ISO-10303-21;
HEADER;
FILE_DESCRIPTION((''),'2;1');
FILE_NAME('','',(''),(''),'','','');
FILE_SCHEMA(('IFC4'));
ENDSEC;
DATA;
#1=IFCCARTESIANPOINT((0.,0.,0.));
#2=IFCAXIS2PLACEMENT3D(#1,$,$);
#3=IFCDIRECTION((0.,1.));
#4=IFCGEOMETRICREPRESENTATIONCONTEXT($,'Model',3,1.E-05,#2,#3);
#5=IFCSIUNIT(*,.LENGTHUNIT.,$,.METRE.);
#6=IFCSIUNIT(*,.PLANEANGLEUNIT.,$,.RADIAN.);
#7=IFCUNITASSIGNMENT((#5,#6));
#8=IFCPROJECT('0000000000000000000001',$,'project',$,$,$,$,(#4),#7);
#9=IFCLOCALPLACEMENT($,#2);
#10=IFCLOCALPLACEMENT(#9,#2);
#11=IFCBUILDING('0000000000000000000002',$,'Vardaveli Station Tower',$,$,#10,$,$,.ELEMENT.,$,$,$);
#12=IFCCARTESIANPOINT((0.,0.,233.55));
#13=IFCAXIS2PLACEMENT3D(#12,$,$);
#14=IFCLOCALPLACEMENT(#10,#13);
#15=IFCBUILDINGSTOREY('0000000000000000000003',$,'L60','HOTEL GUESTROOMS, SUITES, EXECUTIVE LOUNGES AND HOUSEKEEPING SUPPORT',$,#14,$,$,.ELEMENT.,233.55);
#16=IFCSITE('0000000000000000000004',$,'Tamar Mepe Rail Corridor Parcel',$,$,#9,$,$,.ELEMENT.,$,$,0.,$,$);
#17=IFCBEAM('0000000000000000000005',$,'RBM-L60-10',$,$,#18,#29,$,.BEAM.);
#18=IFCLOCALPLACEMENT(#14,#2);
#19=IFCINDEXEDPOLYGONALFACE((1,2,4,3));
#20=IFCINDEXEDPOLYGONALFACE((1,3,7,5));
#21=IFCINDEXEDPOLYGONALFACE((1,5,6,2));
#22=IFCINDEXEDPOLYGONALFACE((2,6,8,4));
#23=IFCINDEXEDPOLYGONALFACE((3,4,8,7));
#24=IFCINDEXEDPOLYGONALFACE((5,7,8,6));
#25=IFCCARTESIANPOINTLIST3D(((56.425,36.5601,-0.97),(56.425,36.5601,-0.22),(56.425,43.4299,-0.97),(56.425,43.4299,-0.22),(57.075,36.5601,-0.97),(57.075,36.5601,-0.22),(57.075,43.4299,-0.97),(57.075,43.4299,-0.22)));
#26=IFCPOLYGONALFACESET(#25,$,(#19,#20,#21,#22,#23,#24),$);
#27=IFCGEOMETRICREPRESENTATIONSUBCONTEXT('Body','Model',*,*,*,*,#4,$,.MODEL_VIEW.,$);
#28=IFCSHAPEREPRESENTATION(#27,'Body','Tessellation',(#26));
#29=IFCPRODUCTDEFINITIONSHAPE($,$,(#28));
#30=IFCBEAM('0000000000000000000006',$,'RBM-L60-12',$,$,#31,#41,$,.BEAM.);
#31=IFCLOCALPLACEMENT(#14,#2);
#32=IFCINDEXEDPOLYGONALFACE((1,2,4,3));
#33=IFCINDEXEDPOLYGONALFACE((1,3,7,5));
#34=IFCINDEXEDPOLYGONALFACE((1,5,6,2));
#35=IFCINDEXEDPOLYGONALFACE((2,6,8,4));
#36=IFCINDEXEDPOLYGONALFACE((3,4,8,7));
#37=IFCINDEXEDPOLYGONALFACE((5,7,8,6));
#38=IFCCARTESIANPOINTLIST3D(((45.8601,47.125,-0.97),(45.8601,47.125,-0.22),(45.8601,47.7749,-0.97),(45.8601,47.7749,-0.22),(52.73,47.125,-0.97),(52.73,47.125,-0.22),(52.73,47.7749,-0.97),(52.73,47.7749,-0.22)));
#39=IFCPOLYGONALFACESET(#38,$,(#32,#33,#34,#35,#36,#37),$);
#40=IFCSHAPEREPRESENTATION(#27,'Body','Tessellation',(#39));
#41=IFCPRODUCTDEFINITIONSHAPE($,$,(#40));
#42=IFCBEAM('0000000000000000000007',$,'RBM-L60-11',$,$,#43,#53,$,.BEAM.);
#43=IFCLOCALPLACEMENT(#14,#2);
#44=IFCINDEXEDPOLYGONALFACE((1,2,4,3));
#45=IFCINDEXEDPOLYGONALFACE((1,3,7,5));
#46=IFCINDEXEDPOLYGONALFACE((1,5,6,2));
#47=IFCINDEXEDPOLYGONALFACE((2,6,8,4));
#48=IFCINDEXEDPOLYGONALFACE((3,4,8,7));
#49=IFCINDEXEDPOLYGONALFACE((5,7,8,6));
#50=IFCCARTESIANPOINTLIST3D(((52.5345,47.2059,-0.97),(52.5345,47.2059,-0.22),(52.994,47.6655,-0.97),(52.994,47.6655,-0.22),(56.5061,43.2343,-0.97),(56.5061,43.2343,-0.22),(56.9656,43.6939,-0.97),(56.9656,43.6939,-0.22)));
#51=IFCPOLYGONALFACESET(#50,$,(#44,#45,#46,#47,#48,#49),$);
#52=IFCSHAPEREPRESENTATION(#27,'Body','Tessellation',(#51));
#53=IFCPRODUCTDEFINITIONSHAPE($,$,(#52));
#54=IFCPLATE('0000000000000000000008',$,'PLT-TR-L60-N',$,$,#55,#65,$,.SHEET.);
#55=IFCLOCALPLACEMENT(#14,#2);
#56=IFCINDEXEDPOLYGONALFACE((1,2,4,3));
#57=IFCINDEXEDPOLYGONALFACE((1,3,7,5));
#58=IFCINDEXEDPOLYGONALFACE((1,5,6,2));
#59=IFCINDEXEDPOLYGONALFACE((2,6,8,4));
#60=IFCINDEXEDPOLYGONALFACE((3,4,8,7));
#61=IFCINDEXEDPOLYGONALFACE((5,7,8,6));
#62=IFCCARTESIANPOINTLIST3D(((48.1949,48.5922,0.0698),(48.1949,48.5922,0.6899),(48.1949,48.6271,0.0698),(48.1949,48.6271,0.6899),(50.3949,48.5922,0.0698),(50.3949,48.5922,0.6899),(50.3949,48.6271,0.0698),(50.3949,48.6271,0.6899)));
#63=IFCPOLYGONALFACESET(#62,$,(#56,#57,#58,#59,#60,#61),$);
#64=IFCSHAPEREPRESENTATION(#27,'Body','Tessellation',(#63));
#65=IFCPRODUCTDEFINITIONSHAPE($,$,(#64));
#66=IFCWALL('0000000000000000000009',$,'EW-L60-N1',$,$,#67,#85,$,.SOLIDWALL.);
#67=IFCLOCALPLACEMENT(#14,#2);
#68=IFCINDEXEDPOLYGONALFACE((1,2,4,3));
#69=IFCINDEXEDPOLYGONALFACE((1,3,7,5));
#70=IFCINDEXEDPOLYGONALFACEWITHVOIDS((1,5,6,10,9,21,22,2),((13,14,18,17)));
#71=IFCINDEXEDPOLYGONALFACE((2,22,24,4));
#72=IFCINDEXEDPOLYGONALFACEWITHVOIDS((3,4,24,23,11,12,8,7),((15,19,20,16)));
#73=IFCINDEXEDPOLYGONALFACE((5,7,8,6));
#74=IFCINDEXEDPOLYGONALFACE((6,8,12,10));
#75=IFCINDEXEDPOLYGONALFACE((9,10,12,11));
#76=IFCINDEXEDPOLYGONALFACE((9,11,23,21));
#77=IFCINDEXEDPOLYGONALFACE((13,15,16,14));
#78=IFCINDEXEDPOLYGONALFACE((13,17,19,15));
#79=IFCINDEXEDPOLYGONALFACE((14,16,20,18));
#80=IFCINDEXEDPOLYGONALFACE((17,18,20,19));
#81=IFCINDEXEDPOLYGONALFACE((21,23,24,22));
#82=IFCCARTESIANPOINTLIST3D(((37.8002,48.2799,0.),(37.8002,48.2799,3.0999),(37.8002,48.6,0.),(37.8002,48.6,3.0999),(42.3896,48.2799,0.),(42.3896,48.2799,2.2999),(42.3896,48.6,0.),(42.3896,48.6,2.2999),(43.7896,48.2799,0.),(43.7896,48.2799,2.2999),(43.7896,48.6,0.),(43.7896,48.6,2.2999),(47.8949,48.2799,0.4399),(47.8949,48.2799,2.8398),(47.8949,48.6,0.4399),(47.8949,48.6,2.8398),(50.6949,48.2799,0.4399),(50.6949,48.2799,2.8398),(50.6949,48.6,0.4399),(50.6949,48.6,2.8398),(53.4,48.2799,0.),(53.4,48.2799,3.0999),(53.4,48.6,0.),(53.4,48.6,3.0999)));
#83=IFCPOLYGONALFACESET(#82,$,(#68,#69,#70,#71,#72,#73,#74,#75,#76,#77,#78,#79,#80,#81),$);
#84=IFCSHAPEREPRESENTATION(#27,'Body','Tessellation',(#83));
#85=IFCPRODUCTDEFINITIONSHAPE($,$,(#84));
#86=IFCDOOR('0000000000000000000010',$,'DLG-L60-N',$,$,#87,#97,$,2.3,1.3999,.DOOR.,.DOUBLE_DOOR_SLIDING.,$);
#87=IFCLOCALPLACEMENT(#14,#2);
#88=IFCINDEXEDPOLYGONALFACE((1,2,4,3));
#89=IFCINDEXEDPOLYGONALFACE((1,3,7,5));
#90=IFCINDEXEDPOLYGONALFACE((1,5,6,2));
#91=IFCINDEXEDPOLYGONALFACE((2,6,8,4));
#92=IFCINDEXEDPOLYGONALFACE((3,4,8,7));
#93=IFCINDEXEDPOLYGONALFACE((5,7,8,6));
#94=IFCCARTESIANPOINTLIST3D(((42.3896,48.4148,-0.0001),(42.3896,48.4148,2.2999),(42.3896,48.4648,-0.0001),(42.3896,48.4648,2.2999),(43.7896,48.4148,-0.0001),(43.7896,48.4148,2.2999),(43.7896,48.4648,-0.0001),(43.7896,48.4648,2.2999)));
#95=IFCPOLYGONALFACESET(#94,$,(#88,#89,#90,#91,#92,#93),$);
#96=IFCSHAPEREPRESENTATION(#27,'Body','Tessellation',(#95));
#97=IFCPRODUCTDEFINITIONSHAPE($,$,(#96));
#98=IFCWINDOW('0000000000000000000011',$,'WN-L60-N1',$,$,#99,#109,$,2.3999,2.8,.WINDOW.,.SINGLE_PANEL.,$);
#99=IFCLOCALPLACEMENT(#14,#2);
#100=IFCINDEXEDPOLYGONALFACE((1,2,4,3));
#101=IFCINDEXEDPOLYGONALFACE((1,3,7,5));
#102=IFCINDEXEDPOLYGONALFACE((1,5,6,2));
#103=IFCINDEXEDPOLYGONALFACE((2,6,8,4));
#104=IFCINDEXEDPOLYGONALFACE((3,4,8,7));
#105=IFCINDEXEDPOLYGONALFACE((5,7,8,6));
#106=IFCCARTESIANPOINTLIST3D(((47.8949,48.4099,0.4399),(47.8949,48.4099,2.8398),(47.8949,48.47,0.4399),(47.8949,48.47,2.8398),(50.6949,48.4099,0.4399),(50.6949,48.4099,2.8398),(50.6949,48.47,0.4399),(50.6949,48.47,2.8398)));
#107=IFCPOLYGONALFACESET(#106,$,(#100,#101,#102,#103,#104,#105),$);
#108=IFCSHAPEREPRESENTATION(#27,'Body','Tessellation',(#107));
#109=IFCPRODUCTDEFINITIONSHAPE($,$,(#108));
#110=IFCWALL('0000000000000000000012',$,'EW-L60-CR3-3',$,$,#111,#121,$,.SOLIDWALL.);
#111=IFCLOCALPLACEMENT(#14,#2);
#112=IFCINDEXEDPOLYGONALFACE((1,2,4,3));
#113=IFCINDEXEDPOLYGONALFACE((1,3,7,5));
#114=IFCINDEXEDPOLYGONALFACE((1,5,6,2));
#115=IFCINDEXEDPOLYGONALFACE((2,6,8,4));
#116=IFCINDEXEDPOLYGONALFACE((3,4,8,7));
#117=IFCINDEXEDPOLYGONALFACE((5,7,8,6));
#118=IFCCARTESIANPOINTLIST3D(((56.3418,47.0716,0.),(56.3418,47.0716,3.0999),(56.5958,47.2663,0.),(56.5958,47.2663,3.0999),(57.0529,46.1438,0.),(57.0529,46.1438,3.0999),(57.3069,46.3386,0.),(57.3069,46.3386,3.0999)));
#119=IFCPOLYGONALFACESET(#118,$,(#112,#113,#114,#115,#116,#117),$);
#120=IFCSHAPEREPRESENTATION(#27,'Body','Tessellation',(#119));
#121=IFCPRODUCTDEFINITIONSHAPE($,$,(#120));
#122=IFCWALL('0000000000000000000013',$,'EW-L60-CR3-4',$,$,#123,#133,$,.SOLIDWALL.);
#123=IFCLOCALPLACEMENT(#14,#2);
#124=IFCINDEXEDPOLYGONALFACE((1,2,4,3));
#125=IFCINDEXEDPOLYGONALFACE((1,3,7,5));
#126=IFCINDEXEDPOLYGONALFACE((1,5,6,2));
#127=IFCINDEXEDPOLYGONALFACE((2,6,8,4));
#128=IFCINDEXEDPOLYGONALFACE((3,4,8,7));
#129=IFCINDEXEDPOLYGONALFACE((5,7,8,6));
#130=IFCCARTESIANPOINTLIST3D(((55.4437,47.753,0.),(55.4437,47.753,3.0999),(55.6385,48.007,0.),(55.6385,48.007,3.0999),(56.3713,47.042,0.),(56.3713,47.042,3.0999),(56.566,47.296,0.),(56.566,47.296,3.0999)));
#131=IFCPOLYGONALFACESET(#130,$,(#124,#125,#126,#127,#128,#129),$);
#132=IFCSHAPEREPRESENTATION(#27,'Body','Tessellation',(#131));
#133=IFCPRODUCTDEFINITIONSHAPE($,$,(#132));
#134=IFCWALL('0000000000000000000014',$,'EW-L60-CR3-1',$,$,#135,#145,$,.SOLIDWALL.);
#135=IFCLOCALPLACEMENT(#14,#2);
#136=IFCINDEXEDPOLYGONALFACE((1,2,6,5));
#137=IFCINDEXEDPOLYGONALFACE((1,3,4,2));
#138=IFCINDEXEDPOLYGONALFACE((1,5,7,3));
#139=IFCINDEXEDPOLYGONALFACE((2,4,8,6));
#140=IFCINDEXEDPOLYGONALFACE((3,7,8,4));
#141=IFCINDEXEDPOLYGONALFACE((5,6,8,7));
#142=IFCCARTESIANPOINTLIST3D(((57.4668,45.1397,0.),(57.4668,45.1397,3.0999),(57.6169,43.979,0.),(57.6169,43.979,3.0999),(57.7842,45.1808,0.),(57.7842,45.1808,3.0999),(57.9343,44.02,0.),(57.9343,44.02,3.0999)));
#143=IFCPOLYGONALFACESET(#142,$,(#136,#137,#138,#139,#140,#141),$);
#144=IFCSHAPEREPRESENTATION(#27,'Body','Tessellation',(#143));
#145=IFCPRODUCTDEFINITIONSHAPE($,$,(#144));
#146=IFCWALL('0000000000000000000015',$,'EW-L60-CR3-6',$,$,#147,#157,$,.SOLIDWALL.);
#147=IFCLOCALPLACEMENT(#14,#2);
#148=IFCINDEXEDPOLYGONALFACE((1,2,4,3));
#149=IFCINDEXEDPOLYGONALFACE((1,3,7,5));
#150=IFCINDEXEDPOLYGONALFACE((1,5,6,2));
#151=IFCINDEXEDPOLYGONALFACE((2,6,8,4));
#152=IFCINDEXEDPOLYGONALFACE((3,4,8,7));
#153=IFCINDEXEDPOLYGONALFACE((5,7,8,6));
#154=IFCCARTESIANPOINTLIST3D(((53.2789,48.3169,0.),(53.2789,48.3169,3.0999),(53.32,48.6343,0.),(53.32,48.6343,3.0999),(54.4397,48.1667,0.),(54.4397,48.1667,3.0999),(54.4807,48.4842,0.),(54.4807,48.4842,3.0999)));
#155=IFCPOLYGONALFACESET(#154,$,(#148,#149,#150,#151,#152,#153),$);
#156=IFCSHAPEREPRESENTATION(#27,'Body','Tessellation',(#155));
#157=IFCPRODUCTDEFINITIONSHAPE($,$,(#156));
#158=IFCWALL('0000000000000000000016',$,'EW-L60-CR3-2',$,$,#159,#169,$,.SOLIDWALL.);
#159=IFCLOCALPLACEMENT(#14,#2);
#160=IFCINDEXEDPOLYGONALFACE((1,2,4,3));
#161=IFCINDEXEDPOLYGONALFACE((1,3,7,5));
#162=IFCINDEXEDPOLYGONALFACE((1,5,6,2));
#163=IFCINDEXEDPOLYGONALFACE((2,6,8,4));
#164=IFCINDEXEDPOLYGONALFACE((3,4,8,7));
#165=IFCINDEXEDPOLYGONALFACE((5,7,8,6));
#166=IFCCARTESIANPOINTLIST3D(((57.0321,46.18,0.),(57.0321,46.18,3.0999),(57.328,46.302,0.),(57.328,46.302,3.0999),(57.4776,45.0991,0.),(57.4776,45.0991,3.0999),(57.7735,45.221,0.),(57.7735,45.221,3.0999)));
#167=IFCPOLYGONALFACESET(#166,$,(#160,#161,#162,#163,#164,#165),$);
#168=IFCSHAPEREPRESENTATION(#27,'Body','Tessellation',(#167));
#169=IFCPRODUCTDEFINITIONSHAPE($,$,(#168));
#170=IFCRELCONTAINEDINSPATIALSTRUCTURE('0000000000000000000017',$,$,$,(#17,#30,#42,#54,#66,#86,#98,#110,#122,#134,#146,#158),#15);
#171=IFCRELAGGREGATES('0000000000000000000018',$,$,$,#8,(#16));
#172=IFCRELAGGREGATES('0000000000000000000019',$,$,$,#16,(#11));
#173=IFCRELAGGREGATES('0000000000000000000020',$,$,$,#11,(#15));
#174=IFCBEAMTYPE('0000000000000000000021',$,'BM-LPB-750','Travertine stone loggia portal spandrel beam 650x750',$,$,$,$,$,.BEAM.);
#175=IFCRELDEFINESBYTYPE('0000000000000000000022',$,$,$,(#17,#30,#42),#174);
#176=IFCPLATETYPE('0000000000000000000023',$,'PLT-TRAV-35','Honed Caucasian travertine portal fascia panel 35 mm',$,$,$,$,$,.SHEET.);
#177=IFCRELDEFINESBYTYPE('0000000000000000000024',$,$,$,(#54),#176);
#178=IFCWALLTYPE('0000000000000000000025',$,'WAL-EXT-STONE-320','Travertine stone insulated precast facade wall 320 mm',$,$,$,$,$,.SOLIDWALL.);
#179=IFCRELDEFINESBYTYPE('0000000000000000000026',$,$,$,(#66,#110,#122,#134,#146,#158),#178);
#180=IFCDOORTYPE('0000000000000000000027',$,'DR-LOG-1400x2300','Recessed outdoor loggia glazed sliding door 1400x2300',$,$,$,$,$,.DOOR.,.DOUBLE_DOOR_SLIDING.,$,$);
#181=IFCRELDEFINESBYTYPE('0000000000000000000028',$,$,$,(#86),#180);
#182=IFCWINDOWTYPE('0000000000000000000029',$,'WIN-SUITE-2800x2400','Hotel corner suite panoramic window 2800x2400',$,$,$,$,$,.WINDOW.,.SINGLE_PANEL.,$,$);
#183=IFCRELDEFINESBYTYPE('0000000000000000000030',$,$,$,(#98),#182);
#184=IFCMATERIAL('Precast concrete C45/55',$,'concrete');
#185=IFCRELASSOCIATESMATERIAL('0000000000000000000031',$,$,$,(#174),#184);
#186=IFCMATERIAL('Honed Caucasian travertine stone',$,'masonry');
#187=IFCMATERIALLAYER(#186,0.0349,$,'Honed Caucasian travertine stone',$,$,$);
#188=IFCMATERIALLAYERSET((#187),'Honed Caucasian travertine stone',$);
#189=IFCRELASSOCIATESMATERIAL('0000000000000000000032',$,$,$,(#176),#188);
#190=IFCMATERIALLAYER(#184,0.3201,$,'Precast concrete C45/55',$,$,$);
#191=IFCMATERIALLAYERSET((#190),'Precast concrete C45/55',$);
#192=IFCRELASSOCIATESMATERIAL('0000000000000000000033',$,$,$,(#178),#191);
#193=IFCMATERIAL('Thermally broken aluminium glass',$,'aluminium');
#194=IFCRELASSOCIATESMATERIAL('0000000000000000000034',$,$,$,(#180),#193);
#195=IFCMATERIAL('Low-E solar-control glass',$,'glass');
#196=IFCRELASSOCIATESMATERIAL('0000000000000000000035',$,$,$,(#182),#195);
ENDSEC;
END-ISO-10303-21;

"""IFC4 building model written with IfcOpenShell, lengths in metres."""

from ifc_helpers import new_model, si_unit, direction, frame, frame_2d, origin, origin_2d, place, context, subcontext, project, spatial, rectangle, extrude, source, transform, mapped, material, layer, layer_set, material_profile, profile_set, type_object, element, fill, save


model = new_model("IFC4")

# Units and contexts
model_context = context("Model", 3, precision=1e-05, world=origin(), true_north=direction((0.0, 1.0)))
body_context = subcontext(model_context, "Body", "Model", "MODEL_VIEW")
ifc_project = project(units=[si_unit("LENGTHUNIT", "METRE"), si_unit("PLANEANGLEUNIT", "RADIAN")], contexts=[model_context])

# Site, building, storey
site_placement = place(None, origin())
site = spatial("IfcSite", under=ifc_project, at=site_placement, Name="Tamar Mepe Rail Corridor Parcel", CompositionType="ELEMENT", RefElevation=0.0)
building_placement = place(site_placement, origin())
building = spatial("IfcBuilding", under=site, at=building_placement, Name="Vardaveli Station Tower", CompositionType="ELEMENT")
storey_placement = place(building_placement, frame((0.0, 0.0, 233.55)))
storey = spatial("IfcBuildingStorey", under=building, at=storey_placement, Name="L60", Description="HOTEL GUESTROOMS, SUITES, EXECUTIVE LOUNGES AND HOUSEKEEPING SUPPORT", CompositionType="ELEMENT", Elevation=233.55)

# Beams
ifc_material_1 = material(Name="Precast concrete C45/55", Category="concrete")
ifc_material_profile_1 = material_profile(ifc_material_1, rectangle(XDim=0.6499, YDim=0.75, at=origin_2d()), Name="LPB 650x750")
ifc_profile_set_1 = profile_set([ifc_material_profile_1], Name="Precast concrete C45/55")
beam_type = type_object("IfcBeamType", Name="BM-LPB-750", Description="Travertine stone loggia portal spandrel beam 650x750", PredefinedType="BEAM", material=ifc_profile_set_1)
shared_shape_1 = source(origin(), body_context, "Body", "SweptSolid", [
    extrude(rectangle(XDim=0.6499, YDim=0.75, at=origin_2d()), origin(), (0.0, 0.0, 1.0), 6.8699),
])
for number, where, z_axis, x_axis, name in (
    (1, (56.75, 36.5601, -0.595), (0.0, 1.0, 0.0), (-1.0, 0.0, 0.0), "RBM-L60-10"),
    (2, (52.73, 47.45, -0.595), (-1.0, 0.0, 0.0), (0.0, -1.0, 0.0), "RBM-L60-12"),
):
    element("IfcBeam", number, at=place(storey_placement, frame(where, z_axis=z_axis, x_axis=x_axis)), inside=storey, type_object=beam_type, Name=name, PredefinedType="BEAM", context=body_context, shape_type="MappedRepresentation", body=[
        mapped(shared_shape_1, transform((0.0, 0.0, 0.0), scale=1.0)),
    ])
shared_shape_2 = source(origin(), body_context, "Body", "SweptSolid", [
    extrude(rectangle(XDim=0.6499, YDim=0.75, at=origin_2d()), origin(), (0.0, 0.0, 1.0), 5.6167),
])
beam_1_placement = place(storey_placement, frame((56.7358, 43.4641, -0.595), z_axis=(-0.707107, 0.707107, 0.0), x_axis=(-0.707107, -0.707107, 0.0)))
element("IfcBeam", 3, at=beam_1_placement, inside=storey, type_object=beam_type, Name="RBM-L60-11", PredefinedType="BEAM", context=body_context, shape_type="MappedRepresentation", body=[
    mapped(shared_shape_2, transform((0.0, 0.0, 0.0), scale=1.0)),
])

# Plate
ifc_material_2 = material(Name="Honed Caucasian travertine stone", Category="masonry")
ifc_layer_1 = layer(ifc_material_2, 0.0349, Name="Honed Caucasian travertine stone")
ifc_layer_set_1 = layer_set([ifc_layer_1], Name="Honed Caucasian travertine stone")
plate_type = type_object("IfcPlateType", Name="PLT-TRAV-35", Description="Honed Caucasian travertine portal fascia panel 35 mm", PredefinedType="SHEET", material=ifc_layer_set_1)
shared_shape_3 = source(origin(), body_context, "Body", "SweptSolid", [
    extrude(rectangle(XDim=2.2, YDim=0.0349, at=origin_2d()), origin(), (0.0, 0.0, 1.0), 0.6201),
])
plate_placement = place(storey_placement, frame((49.2949, 48.6096, 0.0698), z_axis=(0.0, 0.0, 1.0), x_axis=(1.0, 0.0, 0.0)))
element("IfcPlate", 4, at=plate_placement, inside=storey, type_object=plate_type, Name="PLT-TR-L60-N", PredefinedType="SHEET", context=body_context, shape_type="MappedRepresentation", body=[
    mapped(shared_shape_3, transform((0.0, 0.0, 0.0), scale=1.0)),
])

# Wall, openings, door, window
ifc_layer_2 = layer(ifc_material_1, 0.3201, Name="Precast concrete C45/55")
ifc_layer_set_2 = layer_set([ifc_layer_2], Name="Precast concrete C45/55")
wall_type = type_object("IfcWallType", Name="WAL-EXT-STONE-320", Description="Travertine stone insulated precast facade wall 320 mm", PredefinedType="SOLIDWALL", material=ifc_layer_set_2)
shared_shape_4 = source(origin(), body_context, "Body", "SweptSolid", [
    extrude(rectangle(XDim=15.5999, YDim=0.3201, at=frame_2d((7.7998, 0.0))), origin(), (0.0, 0.0, 1.0), 3.0999),
])
wall_1_placement = place(storey_placement, frame((53.3999, 48.4399, 0.0), z_axis=(0.0, 0.0, 1.0), x_axis=(-1.0, 0.0, 0.0)))
wall_1 = element("IfcWall", 5, at=wall_1_placement, inside=storey, type_object=wall_type, Name="EW-L60-N1", PredefinedType="SOLIDWALL", context=body_context, shape_type="MappedRepresentation", body=[
    mapped(shared_shape_4, transform((0.0, 0.0, 0.0), scale=1.0)),
])
shared_shape_5 = source(origin(), body_context, "Body", "SweptSolid", [
    extrude(rectangle(XDim=1.3999, YDim=2.3, at=frame_2d((0.7, 1.1499))), frame((0.0, 0.1699, 0.0), z_axis=(0.0, -1.0, 0.0), x_axis=(1.0, 0.0, 0.0)), (0.0, 0.0, 1.0), 0.3401),
])
opening_1_placement = place(wall_1_placement, frame((9.6104, 0.0, 0.0)))
opening_1 = element("IfcOpeningElement", 6, at=opening_1_placement, cuts=wall_1, PredefinedType="OPENING", context=body_context, shape_type="MappedRepresentation", body=[
    mapped(shared_shape_5, transform((0.0, 0.0, 0.0), scale=1.0)),
])
shared_shape_6 = source(origin(), body_context, "Body", "SweptSolid", [
    extrude(rectangle(XDim=2.8, YDim=2.3999, at=frame_2d((1.3999, 1.2))), frame((0.0, 0.1699, 0.0), z_axis=(0.0, -1.0, 0.0), x_axis=(1.0, 0.0, 0.0)), (0.0, 0.0, 1.0), 0.3401),
])
opening_2_placement = place(wall_1_placement, frame((2.7051, 0.0, 0.4399)))
opening_2 = element("IfcOpeningElement", 7, at=opening_2_placement, cuts=wall_1, PredefinedType="OPENING", context=body_context, shape_type="MappedRepresentation", body=[
    mapped(shared_shape_6, transform((0.0, 0.0, 0.0), scale=1.0)),
])
ifc_material_3 = material(Name="Thermally broken aluminium glass", Category="aluminium")
door_type = type_object("IfcDoorType", Name="DR-LOG-1400x2300", Description="Recessed outdoor loggia glazed sliding door 1400x2300", OperationType="DOUBLE_DOOR_SLIDING", PredefinedType="DOOR", material=ifc_material_3)
shared_shape_7 = source(origin(), body_context, "Body", "SweptSolid", [
    extrude(rectangle(XDim=1.3999, YDim=2.3, at=frame_2d((0.7, 1.1499))), frame((0.0, 0.0249, 0.0), z_axis=(0.0, -1.0, 0.0), x_axis=(1.0, 0.0, 0.0)), (0.0, 0.0, 1.0), 0.05),
])
door_placement = place(opening_1_placement, frame((1.3999, 0.0, 0.0), z_axis=(0.0, 0.0, 1.0), x_axis=(-1.0, 0.0, 0.0)))
door = element("IfcDoor", 8, at=door_placement, inside=storey, type_object=door_type, Name="DLG-L60-N", OperationType="DOUBLE_DOOR_SLIDING", OverallHeight=2.3, OverallWidth=1.3999, PredefinedType="DOOR", context=body_context, shape_type="MappedRepresentation", body=[
    mapped(shared_shape_7, transform((0.0, 0.0, 0.0), scale=1.0)),
])
fill(opening_1, door)
ifc_material_4 = material(Name="Low-E solar-control glass", Category="glass")
window_type = type_object("IfcWindowType", Name="WIN-SUITE-2800x2400", Description="Hotel corner suite panoramic window 2800x2400", PartitioningType="SINGLE_PANEL", PredefinedType="WINDOW", material=ifc_material_4)
shared_shape_8 = source(origin(), body_context, "Body", "SweptSolid", [
    extrude(rectangle(XDim=2.8, YDim=2.3999, at=frame_2d((1.3999, 1.2))), frame((0.0, 0.03, 0.0), z_axis=(0.0, -1.0, 0.0), x_axis=(1.0, 0.0, 0.0)), (0.0, 0.0, 1.0), 0.0601),
])
window_placement = place(opening_2_placement, origin())
window = element("IfcWindow", 9, at=window_placement, inside=storey, type_object=window_type, Name="WN-L60-N1", OverallHeight=2.3999, OverallWidth=2.8, PartitioningType="SINGLE_PANEL", PredefinedType="WINDOW", context=body_context, shape_type="MappedRepresentation", body=[
    mapped(shared_shape_8, transform((0.0, 0.0, 0.0), scale=1.0)),
])
fill(opening_2, window)

# Walls
shared_shape_9 = source(origin(), body_context, "Body", "SweptSolid", [
    extrude(rectangle(XDim=1.1689, YDim=0.3201, at=frame_2d((0.5845, 0.0))), origin(), (0.0, 0.0, 1.0), 3.0999),
])
wall_2_placement = place(storey_placement, frame((57.1799, 46.2412, 0.0), z_axis=(0.0, 0.0, 1.0), x_axis=(-0.608388, 0.79364, 0.0)))
element("IfcWall", 10, at=wall_2_placement, inside=storey, type_object=wall_type, Name="EW-L60-CR3-3", PredefinedType="SOLIDWALL", context=body_context, shape_type="MappedRepresentation", body=[
    mapped(shared_shape_9, transform((0.0, 0.0, 0.0), scale=1.0)),
])
shared_shape_10 = source(origin(), body_context, "Body", "SweptSolid", [
    extrude(rectangle(XDim=1.1687, YDim=0.3201, at=frame_2d((0.5845, 0.0))), origin(), (0.0, 0.0, 1.0), 3.0999),
])
wall_3_placement = place(storey_placement, frame((56.4688, 47.1689, 0.0), z_axis=(0.0, 0.0, 1.0), x_axis=(-0.793664, 0.608357, 0.0)))
element("IfcWall", 11, at=wall_3_placement, inside=storey, type_object=wall_type, Name="EW-L60-CR3-4", PredefinedType="SOLIDWALL", context=body_context, shape_type="MappedRepresentation", body=[
    mapped(shared_shape_10, transform((0.0, 0.0, 0.0), scale=1.0)),
])
shared_shape_11 = source(origin(), body_context, "Body", "SweptSolid", [
    extrude(rectangle(XDim=1.1704, YDim=0.3201, at=frame_2d((0.5852, 0.0))), origin(), (0.0, 0.0, 1.0), 3.0999),
])
for number, where, z_axis, x_axis, name in (
    (12, (57.7756, 43.9995, 0.0), (0.0, 0.0, 1.0), (-0.128296, 0.991736, 0.0), "EW-L60-CR3-1"),
    (13, (54.4602, 48.3254, 0.0), (0.0, 0.0, 1.0), (-0.991736, 0.128296, 0.0), "EW-L60-CR3-6"),
):
    element("IfcWall", number, at=place(storey_placement, frame(where, z_axis=z_axis, x_axis=x_axis)), inside=storey, type_object=wall_type, Name=name, PredefinedType="SOLIDWALL", context=body_context, shape_type="MappedRepresentation", body=[
        mapped(shared_shape_11, transform((0.0, 0.0, 0.0), scale=1.0)),
    ])
shared_shape_12 = source(origin(), body_context, "Body", "SweptSolid", [
    extrude(rectangle(XDim=1.1692, YDim=0.3201, at=frame_2d((0.5845, 0.0))), origin(), (0.0, 0.0, 1.0), 3.0999),
])
for number, where, z_axis, x_axis, name in (
    (14, (57.6255, 45.1602, 0.0), (0.0, 0.0, 1.0), (-0.381054, 0.924553, 0.0), "EW-L60-CR3-2"),
):
    element("IfcWall", number, at=place(storey_placement, frame(where, z_axis=z_axis, x_axis=x_axis)), inside=storey, type_object=wall_type, Name=name, PredefinedType="SOLIDWALL", context=body_context, shape_type="MappedRepresentation", body=[
        mapped(shared_shape_12, transform((0.0, 0.0, 0.0), scale=1.0)),
    ])

save(model, "model.ifc")
